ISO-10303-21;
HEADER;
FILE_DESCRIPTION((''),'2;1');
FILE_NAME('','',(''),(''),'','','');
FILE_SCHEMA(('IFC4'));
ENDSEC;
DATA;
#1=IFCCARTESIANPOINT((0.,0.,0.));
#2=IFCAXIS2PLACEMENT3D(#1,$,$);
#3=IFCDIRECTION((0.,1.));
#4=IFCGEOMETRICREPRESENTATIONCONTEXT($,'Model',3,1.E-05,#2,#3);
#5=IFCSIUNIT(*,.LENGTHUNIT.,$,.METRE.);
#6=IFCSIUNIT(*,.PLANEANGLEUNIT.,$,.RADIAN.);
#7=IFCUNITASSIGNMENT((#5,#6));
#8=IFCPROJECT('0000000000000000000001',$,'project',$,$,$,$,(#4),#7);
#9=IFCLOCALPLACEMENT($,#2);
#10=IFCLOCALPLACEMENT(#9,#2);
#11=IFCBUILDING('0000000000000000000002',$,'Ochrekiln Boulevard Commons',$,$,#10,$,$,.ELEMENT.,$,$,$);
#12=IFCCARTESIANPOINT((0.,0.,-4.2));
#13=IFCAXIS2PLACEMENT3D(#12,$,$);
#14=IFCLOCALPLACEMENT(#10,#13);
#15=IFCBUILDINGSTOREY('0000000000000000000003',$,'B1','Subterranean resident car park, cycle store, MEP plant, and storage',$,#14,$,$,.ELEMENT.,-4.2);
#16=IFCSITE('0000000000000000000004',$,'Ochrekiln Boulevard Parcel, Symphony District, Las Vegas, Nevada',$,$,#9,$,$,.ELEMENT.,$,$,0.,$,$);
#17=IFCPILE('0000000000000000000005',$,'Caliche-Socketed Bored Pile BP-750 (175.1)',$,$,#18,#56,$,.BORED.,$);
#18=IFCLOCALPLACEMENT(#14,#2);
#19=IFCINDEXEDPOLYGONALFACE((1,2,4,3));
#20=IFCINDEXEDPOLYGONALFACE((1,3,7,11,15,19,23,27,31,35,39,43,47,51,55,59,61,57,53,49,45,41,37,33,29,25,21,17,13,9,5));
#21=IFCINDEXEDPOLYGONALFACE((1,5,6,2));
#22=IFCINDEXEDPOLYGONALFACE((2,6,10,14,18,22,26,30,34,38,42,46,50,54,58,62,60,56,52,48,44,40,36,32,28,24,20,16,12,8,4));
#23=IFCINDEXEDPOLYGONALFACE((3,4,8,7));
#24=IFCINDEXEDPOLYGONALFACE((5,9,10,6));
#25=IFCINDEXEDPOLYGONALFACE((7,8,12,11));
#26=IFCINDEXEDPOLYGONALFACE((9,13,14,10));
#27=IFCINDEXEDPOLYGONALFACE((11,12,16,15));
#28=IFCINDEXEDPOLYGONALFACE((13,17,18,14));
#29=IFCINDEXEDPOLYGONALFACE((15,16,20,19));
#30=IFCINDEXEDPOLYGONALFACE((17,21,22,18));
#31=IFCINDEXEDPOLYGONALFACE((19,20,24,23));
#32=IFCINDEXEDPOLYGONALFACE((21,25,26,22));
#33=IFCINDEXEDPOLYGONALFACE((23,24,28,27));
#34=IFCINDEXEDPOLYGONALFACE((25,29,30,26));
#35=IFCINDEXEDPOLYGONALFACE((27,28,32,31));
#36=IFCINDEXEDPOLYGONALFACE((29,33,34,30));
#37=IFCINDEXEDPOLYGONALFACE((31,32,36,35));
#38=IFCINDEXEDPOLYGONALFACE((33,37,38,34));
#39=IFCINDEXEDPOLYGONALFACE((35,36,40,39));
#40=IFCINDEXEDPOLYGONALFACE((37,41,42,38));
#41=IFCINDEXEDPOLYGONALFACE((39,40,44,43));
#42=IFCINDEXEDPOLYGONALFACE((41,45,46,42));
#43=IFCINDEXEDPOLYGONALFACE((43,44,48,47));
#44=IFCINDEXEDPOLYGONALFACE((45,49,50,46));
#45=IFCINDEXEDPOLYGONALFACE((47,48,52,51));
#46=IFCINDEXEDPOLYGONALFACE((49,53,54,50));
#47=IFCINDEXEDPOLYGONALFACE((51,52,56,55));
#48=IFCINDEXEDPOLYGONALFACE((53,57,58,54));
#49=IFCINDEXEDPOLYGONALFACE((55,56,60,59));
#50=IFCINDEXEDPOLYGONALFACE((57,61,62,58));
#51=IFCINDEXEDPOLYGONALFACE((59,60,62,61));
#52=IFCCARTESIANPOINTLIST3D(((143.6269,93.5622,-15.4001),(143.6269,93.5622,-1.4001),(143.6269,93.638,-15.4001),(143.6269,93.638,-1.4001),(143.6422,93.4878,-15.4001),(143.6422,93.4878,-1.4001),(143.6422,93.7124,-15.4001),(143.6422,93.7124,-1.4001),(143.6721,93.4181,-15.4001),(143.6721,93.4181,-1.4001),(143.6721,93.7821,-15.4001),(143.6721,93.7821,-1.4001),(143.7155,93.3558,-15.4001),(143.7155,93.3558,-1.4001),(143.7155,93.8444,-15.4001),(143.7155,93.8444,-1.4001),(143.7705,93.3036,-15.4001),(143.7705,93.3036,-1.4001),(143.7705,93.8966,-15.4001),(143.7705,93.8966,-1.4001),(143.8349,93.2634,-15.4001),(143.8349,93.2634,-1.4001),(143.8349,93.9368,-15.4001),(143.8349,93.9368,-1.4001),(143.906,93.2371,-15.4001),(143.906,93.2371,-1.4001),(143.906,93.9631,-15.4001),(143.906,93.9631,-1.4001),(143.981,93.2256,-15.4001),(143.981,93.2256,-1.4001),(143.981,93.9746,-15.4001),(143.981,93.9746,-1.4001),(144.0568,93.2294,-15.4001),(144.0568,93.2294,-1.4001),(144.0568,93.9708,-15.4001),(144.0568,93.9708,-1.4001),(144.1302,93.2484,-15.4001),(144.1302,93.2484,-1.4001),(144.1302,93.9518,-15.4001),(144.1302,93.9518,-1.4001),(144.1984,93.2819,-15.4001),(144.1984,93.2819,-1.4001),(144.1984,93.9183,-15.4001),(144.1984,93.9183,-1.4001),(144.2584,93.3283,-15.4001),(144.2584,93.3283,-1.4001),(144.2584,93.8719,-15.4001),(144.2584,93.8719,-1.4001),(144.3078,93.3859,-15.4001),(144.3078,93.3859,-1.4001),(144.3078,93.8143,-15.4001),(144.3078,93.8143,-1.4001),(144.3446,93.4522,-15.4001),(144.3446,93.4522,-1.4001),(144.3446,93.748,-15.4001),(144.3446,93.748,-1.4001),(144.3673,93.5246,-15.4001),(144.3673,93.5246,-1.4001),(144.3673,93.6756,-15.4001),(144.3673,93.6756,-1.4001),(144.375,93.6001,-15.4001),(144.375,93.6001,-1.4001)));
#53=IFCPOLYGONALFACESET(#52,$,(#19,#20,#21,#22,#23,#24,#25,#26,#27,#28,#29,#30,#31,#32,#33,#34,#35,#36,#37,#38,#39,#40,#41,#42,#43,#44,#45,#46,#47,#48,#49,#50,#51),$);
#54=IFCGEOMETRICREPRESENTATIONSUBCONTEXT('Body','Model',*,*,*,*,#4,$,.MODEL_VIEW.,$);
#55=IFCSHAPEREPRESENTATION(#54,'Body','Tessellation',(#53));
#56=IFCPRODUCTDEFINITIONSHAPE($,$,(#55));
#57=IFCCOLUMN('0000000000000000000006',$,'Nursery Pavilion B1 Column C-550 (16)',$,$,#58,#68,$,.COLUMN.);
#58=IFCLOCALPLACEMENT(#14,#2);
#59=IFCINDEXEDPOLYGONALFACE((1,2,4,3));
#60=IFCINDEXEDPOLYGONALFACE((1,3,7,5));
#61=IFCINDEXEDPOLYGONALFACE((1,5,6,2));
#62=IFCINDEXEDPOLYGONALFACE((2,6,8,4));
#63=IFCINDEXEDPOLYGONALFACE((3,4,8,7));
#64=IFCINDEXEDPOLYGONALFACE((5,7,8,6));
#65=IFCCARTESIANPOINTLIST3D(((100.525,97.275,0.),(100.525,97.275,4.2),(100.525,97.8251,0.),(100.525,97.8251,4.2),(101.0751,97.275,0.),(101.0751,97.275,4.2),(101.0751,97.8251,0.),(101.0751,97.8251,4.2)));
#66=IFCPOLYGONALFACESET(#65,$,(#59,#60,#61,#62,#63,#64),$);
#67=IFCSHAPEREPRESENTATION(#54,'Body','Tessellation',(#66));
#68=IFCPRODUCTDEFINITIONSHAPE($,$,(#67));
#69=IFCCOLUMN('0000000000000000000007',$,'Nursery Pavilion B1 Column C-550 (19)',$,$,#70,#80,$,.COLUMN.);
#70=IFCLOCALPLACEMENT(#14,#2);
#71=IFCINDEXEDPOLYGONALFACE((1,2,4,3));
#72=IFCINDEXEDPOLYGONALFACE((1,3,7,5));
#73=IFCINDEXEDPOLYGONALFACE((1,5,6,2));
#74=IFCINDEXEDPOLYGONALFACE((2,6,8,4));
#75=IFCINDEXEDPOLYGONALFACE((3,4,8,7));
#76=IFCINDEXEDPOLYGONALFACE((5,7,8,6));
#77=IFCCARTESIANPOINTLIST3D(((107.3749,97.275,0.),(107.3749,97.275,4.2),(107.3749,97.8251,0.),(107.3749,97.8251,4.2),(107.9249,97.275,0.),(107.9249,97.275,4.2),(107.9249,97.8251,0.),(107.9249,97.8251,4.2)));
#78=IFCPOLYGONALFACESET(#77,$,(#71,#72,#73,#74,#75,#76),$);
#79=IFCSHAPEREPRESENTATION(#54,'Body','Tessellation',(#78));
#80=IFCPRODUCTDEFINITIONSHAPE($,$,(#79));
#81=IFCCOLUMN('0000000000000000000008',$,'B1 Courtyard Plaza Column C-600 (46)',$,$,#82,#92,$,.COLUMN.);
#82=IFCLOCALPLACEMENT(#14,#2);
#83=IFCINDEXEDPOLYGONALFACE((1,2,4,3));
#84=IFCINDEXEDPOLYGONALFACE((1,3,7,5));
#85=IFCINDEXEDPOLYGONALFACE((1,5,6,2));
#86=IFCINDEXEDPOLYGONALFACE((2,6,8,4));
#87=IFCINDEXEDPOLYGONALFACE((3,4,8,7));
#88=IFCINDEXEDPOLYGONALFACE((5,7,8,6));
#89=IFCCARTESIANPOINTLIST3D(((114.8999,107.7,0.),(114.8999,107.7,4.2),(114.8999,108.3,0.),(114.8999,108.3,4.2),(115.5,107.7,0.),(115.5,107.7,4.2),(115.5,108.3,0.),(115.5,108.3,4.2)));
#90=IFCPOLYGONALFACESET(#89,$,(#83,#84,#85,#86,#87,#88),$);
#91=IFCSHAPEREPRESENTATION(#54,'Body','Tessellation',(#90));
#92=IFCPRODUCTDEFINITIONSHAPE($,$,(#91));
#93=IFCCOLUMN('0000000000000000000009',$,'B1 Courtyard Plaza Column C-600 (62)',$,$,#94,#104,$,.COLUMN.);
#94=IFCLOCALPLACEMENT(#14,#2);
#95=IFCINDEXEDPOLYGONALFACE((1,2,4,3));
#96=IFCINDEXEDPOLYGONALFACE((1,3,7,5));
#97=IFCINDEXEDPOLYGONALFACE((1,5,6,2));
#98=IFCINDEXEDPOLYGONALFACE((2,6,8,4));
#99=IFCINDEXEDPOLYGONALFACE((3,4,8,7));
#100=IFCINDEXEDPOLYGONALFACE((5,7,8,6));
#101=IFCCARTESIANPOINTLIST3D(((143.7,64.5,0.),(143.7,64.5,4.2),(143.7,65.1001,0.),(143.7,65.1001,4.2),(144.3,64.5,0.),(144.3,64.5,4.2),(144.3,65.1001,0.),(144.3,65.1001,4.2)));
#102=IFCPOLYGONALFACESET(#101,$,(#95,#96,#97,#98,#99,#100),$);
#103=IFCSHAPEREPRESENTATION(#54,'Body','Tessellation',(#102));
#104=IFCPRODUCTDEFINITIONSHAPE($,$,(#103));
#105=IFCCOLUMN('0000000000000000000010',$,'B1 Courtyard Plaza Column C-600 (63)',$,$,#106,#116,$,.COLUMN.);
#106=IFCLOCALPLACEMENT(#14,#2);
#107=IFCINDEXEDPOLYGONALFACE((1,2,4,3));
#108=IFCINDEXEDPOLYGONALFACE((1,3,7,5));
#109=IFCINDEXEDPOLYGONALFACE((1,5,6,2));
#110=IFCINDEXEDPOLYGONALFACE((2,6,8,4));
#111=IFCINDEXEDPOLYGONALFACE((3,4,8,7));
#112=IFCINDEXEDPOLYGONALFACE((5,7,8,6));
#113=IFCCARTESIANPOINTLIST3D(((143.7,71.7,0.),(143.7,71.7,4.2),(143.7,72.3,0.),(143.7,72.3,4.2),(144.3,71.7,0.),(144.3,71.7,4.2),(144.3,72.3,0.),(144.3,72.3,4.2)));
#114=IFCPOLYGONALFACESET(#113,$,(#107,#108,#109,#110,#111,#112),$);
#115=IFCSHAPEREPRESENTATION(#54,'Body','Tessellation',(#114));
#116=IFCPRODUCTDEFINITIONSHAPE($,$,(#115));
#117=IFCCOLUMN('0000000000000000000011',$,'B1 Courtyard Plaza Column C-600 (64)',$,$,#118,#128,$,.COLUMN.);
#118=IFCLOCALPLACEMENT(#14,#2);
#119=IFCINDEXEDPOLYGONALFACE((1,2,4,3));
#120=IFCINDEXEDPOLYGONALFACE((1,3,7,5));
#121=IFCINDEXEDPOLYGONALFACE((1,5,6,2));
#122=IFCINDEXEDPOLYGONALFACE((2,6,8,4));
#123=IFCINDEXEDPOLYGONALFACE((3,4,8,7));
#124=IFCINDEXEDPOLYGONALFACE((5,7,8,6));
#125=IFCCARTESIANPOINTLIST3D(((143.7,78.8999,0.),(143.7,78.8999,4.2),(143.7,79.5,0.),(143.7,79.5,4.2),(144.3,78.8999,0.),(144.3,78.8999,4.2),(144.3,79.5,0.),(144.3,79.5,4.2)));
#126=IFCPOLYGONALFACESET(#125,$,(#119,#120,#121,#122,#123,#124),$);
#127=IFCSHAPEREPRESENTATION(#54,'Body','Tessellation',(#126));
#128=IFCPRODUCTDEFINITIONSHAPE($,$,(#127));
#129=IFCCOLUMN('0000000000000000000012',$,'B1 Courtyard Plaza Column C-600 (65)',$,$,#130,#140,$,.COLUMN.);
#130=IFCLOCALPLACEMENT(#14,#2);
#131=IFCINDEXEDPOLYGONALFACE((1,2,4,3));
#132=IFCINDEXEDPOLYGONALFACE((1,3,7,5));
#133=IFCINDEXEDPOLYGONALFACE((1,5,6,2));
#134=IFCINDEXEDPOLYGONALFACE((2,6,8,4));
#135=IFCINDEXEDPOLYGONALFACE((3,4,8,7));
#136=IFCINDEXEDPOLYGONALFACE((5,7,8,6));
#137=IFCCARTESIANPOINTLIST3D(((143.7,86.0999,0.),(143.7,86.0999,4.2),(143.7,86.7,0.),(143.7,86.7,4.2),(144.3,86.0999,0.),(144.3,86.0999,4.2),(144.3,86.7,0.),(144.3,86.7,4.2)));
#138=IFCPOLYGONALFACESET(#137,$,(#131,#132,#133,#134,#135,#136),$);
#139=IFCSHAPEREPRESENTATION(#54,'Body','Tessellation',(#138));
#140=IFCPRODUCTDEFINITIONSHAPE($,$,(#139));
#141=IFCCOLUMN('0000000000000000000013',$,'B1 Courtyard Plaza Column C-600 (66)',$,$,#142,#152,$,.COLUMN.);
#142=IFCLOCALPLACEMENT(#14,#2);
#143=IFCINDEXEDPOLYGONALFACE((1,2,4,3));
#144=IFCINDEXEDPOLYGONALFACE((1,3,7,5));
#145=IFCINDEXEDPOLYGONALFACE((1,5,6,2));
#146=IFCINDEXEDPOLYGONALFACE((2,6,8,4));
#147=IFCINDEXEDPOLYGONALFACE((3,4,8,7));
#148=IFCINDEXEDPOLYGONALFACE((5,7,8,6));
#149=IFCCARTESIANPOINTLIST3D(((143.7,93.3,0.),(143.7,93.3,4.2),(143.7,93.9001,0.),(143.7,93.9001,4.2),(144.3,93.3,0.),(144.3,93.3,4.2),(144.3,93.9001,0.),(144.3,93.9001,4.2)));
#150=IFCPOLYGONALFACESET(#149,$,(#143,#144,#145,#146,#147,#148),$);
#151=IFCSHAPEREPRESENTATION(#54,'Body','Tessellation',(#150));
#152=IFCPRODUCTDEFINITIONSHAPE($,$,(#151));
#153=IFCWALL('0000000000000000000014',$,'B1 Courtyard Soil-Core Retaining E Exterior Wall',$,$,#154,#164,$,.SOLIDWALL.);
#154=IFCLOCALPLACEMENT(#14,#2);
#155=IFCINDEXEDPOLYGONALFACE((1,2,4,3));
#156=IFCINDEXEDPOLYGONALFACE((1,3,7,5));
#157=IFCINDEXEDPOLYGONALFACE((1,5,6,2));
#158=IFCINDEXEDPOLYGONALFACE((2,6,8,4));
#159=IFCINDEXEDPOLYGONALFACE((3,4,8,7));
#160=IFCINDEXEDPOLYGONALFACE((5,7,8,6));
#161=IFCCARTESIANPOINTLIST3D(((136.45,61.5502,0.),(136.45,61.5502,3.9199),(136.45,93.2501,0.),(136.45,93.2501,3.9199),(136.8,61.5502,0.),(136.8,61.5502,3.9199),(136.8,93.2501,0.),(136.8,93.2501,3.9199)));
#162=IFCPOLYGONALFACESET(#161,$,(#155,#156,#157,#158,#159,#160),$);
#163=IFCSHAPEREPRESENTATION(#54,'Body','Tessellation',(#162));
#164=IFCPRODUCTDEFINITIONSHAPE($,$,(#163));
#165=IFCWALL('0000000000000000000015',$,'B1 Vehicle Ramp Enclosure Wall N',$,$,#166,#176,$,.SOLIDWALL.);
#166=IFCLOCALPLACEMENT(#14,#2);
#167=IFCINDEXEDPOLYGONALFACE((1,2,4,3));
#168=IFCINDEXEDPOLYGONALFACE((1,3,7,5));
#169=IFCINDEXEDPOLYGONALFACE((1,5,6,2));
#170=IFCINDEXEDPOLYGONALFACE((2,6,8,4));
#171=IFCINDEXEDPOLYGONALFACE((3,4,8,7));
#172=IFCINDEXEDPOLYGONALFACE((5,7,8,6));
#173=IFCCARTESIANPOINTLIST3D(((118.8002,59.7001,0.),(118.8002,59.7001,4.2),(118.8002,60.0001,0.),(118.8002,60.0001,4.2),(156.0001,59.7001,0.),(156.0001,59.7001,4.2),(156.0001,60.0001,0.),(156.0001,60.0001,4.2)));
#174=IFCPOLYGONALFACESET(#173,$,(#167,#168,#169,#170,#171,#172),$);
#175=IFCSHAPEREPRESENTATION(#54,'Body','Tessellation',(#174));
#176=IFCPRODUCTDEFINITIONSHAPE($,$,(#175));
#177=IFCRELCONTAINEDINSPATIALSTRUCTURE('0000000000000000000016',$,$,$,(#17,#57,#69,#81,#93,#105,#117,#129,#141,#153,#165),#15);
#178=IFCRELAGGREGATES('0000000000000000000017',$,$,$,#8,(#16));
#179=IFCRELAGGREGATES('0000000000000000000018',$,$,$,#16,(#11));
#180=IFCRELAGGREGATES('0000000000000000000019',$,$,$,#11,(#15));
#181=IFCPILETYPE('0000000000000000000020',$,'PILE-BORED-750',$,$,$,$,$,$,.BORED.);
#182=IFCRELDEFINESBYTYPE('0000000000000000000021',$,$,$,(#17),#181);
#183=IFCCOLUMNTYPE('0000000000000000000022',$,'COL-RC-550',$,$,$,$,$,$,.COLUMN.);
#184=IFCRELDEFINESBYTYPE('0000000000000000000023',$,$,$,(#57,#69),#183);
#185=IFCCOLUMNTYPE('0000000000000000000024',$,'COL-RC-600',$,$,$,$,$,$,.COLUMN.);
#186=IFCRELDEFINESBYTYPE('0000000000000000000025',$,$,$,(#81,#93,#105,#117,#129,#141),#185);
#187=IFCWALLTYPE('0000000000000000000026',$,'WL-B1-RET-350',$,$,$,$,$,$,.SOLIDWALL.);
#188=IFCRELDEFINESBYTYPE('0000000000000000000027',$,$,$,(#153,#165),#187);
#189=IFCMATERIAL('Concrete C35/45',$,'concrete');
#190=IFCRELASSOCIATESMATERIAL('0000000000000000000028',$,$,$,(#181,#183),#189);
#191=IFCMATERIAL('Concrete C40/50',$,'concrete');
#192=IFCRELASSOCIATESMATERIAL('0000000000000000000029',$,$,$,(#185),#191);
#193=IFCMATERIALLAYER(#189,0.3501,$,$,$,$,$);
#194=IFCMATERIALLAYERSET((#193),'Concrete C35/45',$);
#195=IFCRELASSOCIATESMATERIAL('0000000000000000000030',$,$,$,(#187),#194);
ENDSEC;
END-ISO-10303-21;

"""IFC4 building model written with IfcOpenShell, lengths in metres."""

from ifc_helpers import new_model, si_unit, direction, frame, frame_2d, origin, origin_2d, place, context, subcontext, project, spatial, rectangle, circle, extrude, material, layer, layer_set, material_profile, profile_set, type_object, element, save


model = new_model("IFC4")

# Units and contexts
model_context = context("Model", 3, precision=1e-05, world=origin(), true_north=direction((0.0, 1.0)))
body_context = subcontext(model_context, "Body", "Model", "MODEL_VIEW")
ifc_project = project(units=[si_unit("LENGTHUNIT", "METRE"), si_unit("PLANEANGLEUNIT", "RADIAN")], contexts=[model_context])

# Site, building, storey
site_placement = place(None, origin())
site = spatial("IfcSite", under=ifc_project, at=site_placement, Name="Ochrekiln Boulevard Parcel, Symphony District, Las Vegas, Nevada", CompositionType="ELEMENT", RefElevation=0.0)
building_placement = place(site_placement, origin())
building = spatial("IfcBuilding", under=site, at=building_placement, Name="Ochrekiln Boulevard Commons", CompositionType="ELEMENT")
storey_placement = place(building_placement, frame((0.0, 0.0, -4.2)))
storey = spatial("IfcBuildingStorey", under=building, at=storey_placement, Name="B1", Description="Subterranean resident car park, cycle store, MEP plant, and storage", CompositionType="ELEMENT", Elevation=-4.2)

# Shared definitions
ifc_material_1 = material(Name="Concrete C35/45", Category="concrete")

# Pile
ifc_material_profile_1 = material_profile(ifc_material_1, circle(Radius=0.375, at=origin_2d()), Name="PILE-D750")
ifc_profile_set_1 = profile_set([ifc_material_profile_1], Name="Concrete C35/45")
pile_type = type_object("IfcPileType", Name="PILE-BORED-750", PredefinedType="BORED", material=ifc_profile_set_1)
for number, where, z_axis, x_axis, name in (
    (1, (144.0, 93.6001, -1.4001), (0.0, 0.0, -1.0), (1.0, 0.0, 0.0), "Caliche-Socketed Bored Pile BP-750 (175.1)"),
):
    element("IfcPile", number, at=place(storey_placement, frame(where, z_axis=z_axis, x_axis=x_axis)), inside=storey, type_object=pile_type, Name=name, PredefinedType="BORED", context=body_context, shape_type="SweptSolid", body=[
        extrude(circle(Radius=0.375, at=origin_2d()), origin(), (0.0, 0.0, 1.0), 14.0),
    ])

# Columns
ifc_material_profile_2 = material_profile(ifc_material_1, rectangle(XDim=0.55, YDim=0.55, at=origin_2d()), Name="RC-COL-550x550")
ifc_profile_set_2 = profile_set([ifc_material_profile_2], Name="Concrete C35/45")
column_type_1 = type_object("IfcColumnType", Name="COL-RC-550", PredefinedType="COLUMN", material=ifc_profile_set_2)
for number, where, z_axis, x_axis, name in (
    (2, (100.8, 97.55, 0.0), (0.0, 0.0, 1.0), (1.0, 0.0, 0.0), "Nursery Pavilion B1 Column C-550 (16)"),
    (3, (107.6499, 97.55, 0.0), (0.0, 0.0, 1.0), (1.0, 0.0, 0.0), "Nursery Pavilion B1 Column C-550 (19)"),
):
    element("IfcColumn", number, at=place(storey_placement, frame(where, z_axis=z_axis, x_axis=x_axis)), inside=storey, type_object=column_type_1, Name=name, PredefinedType="COLUMN", context=body_context, shape_type="SweptSolid", body=[
        extrude(rectangle(XDim=0.55, YDim=0.55, at=origin_2d()), origin(), (0.0, 0.0, 1.0), 4.2),
    ])
ifc_material_2 = material(Name="Concrete C40/50", Category="concrete")
ifc_material_profile_3 = material_profile(ifc_material_2, rectangle(XDim=0.6001, YDim=0.6001, at=origin_2d()), Name="RC-COL-600x600")
ifc_profile_set_3 = profile_set([ifc_material_profile_3], Name="Concrete C40/50")
column_type_2 = type_object("IfcColumnType", Name="COL-RC-600", PredefinedType="COLUMN", material=ifc_profile_set_3)
for number, where, z_axis, x_axis, name in (
    (4, (115.2, 108.0, 0.0), (0.0, 0.0, 1.0), (1.0, 0.0, 0.0), "B1 Courtyard Plaza Column C-600 (46)"),
    (5, (144.0, 64.8, 0.0), (0.0, 0.0, 1.0), (1.0, 0.0, 0.0), "B1 Courtyard Plaza Column C-600 (62)"),
    (6, (144.0, 72.0, 0.0), (0.0, 0.0, 1.0), (1.0, 0.0, 0.0), "B1 Courtyard Plaza Column C-600 (63)"),
    (7, (144.0, 79.2, 0.0), (0.0, 0.0, 1.0), (1.0, 0.0, 0.0), "B1 Courtyard Plaza Column C-600 (64)"),
    (8, (144.0, 86.3999, 0.0), (0.0, 0.0, 1.0), (1.0, 0.0, 0.0), "B1 Courtyard Plaza Column C-600 (65)"),
    (9, (144.0, 93.6001, 0.0), (0.0, 0.0, 1.0), (1.0, 0.0, 0.0), "B1 Courtyard Plaza Column C-600 (66)"),
):
    element("IfcColumn", number, at=place(storey_placement, frame(where, z_axis=z_axis, x_axis=x_axis)), inside=storey, type_object=column_type_2, Name=name, PredefinedType="COLUMN", context=body_context, shape_type="SweptSolid", body=[
        extrude(rectangle(XDim=0.6001, YDim=0.6001, at=origin_2d()), origin(), (0.0, 0.0, 1.0), 4.2),
    ])

# Walls
ifc_layer = layer(ifc_material_1, 0.3501)
ifc_layer_set = layer_set([ifc_layer], Name="Concrete C35/45")
wall_type = type_object("IfcWallType", Name="WL-B1-RET-350", PredefinedType="SOLIDWALL", material=ifc_layer_set)
wall_1_placement = place(storey_placement, frame((136.625, 61.55, 0.0), z_axis=(0.0, 0.0, 1.0), x_axis=(0.0, 1.0, 0.0)))
element("IfcWall", 10, at=wall_1_placement, inside=storey, type_object=wall_type, Name="B1 Courtyard Soil-Core Retaining E Exterior Wall", PredefinedType="SOLIDWALL", context=body_context, shape_type="SweptSolid", body=[
    extrude(rectangle(XDim=31.7, YDim=0.3501, at=frame_2d((15.8501, 0.0))), origin(), (0.0, 0.0, 1.0), 3.9199),
])
wall_2_placement = place(storey_placement, frame((118.8, 59.8501, 0.0), z_axis=(0.0, 0.0, 1.0), x_axis=(1.0, 0.0, 0.0)))
element("IfcWall", 11, at=wall_2_placement, inside=storey, type_object=wall_type, Name="B1 Vehicle Ramp Enclosure Wall N", PredefinedType="SOLIDWALL", context=body_context, shape_type="SweptSolid", body=[
    extrude(rectangle(XDim=37.2, YDim=0.3, at=frame_2d((18.6001, 0.0))), origin(), (0.0, 0.0, 1.0), 4.2),
])

save(model, "model.ifc")
